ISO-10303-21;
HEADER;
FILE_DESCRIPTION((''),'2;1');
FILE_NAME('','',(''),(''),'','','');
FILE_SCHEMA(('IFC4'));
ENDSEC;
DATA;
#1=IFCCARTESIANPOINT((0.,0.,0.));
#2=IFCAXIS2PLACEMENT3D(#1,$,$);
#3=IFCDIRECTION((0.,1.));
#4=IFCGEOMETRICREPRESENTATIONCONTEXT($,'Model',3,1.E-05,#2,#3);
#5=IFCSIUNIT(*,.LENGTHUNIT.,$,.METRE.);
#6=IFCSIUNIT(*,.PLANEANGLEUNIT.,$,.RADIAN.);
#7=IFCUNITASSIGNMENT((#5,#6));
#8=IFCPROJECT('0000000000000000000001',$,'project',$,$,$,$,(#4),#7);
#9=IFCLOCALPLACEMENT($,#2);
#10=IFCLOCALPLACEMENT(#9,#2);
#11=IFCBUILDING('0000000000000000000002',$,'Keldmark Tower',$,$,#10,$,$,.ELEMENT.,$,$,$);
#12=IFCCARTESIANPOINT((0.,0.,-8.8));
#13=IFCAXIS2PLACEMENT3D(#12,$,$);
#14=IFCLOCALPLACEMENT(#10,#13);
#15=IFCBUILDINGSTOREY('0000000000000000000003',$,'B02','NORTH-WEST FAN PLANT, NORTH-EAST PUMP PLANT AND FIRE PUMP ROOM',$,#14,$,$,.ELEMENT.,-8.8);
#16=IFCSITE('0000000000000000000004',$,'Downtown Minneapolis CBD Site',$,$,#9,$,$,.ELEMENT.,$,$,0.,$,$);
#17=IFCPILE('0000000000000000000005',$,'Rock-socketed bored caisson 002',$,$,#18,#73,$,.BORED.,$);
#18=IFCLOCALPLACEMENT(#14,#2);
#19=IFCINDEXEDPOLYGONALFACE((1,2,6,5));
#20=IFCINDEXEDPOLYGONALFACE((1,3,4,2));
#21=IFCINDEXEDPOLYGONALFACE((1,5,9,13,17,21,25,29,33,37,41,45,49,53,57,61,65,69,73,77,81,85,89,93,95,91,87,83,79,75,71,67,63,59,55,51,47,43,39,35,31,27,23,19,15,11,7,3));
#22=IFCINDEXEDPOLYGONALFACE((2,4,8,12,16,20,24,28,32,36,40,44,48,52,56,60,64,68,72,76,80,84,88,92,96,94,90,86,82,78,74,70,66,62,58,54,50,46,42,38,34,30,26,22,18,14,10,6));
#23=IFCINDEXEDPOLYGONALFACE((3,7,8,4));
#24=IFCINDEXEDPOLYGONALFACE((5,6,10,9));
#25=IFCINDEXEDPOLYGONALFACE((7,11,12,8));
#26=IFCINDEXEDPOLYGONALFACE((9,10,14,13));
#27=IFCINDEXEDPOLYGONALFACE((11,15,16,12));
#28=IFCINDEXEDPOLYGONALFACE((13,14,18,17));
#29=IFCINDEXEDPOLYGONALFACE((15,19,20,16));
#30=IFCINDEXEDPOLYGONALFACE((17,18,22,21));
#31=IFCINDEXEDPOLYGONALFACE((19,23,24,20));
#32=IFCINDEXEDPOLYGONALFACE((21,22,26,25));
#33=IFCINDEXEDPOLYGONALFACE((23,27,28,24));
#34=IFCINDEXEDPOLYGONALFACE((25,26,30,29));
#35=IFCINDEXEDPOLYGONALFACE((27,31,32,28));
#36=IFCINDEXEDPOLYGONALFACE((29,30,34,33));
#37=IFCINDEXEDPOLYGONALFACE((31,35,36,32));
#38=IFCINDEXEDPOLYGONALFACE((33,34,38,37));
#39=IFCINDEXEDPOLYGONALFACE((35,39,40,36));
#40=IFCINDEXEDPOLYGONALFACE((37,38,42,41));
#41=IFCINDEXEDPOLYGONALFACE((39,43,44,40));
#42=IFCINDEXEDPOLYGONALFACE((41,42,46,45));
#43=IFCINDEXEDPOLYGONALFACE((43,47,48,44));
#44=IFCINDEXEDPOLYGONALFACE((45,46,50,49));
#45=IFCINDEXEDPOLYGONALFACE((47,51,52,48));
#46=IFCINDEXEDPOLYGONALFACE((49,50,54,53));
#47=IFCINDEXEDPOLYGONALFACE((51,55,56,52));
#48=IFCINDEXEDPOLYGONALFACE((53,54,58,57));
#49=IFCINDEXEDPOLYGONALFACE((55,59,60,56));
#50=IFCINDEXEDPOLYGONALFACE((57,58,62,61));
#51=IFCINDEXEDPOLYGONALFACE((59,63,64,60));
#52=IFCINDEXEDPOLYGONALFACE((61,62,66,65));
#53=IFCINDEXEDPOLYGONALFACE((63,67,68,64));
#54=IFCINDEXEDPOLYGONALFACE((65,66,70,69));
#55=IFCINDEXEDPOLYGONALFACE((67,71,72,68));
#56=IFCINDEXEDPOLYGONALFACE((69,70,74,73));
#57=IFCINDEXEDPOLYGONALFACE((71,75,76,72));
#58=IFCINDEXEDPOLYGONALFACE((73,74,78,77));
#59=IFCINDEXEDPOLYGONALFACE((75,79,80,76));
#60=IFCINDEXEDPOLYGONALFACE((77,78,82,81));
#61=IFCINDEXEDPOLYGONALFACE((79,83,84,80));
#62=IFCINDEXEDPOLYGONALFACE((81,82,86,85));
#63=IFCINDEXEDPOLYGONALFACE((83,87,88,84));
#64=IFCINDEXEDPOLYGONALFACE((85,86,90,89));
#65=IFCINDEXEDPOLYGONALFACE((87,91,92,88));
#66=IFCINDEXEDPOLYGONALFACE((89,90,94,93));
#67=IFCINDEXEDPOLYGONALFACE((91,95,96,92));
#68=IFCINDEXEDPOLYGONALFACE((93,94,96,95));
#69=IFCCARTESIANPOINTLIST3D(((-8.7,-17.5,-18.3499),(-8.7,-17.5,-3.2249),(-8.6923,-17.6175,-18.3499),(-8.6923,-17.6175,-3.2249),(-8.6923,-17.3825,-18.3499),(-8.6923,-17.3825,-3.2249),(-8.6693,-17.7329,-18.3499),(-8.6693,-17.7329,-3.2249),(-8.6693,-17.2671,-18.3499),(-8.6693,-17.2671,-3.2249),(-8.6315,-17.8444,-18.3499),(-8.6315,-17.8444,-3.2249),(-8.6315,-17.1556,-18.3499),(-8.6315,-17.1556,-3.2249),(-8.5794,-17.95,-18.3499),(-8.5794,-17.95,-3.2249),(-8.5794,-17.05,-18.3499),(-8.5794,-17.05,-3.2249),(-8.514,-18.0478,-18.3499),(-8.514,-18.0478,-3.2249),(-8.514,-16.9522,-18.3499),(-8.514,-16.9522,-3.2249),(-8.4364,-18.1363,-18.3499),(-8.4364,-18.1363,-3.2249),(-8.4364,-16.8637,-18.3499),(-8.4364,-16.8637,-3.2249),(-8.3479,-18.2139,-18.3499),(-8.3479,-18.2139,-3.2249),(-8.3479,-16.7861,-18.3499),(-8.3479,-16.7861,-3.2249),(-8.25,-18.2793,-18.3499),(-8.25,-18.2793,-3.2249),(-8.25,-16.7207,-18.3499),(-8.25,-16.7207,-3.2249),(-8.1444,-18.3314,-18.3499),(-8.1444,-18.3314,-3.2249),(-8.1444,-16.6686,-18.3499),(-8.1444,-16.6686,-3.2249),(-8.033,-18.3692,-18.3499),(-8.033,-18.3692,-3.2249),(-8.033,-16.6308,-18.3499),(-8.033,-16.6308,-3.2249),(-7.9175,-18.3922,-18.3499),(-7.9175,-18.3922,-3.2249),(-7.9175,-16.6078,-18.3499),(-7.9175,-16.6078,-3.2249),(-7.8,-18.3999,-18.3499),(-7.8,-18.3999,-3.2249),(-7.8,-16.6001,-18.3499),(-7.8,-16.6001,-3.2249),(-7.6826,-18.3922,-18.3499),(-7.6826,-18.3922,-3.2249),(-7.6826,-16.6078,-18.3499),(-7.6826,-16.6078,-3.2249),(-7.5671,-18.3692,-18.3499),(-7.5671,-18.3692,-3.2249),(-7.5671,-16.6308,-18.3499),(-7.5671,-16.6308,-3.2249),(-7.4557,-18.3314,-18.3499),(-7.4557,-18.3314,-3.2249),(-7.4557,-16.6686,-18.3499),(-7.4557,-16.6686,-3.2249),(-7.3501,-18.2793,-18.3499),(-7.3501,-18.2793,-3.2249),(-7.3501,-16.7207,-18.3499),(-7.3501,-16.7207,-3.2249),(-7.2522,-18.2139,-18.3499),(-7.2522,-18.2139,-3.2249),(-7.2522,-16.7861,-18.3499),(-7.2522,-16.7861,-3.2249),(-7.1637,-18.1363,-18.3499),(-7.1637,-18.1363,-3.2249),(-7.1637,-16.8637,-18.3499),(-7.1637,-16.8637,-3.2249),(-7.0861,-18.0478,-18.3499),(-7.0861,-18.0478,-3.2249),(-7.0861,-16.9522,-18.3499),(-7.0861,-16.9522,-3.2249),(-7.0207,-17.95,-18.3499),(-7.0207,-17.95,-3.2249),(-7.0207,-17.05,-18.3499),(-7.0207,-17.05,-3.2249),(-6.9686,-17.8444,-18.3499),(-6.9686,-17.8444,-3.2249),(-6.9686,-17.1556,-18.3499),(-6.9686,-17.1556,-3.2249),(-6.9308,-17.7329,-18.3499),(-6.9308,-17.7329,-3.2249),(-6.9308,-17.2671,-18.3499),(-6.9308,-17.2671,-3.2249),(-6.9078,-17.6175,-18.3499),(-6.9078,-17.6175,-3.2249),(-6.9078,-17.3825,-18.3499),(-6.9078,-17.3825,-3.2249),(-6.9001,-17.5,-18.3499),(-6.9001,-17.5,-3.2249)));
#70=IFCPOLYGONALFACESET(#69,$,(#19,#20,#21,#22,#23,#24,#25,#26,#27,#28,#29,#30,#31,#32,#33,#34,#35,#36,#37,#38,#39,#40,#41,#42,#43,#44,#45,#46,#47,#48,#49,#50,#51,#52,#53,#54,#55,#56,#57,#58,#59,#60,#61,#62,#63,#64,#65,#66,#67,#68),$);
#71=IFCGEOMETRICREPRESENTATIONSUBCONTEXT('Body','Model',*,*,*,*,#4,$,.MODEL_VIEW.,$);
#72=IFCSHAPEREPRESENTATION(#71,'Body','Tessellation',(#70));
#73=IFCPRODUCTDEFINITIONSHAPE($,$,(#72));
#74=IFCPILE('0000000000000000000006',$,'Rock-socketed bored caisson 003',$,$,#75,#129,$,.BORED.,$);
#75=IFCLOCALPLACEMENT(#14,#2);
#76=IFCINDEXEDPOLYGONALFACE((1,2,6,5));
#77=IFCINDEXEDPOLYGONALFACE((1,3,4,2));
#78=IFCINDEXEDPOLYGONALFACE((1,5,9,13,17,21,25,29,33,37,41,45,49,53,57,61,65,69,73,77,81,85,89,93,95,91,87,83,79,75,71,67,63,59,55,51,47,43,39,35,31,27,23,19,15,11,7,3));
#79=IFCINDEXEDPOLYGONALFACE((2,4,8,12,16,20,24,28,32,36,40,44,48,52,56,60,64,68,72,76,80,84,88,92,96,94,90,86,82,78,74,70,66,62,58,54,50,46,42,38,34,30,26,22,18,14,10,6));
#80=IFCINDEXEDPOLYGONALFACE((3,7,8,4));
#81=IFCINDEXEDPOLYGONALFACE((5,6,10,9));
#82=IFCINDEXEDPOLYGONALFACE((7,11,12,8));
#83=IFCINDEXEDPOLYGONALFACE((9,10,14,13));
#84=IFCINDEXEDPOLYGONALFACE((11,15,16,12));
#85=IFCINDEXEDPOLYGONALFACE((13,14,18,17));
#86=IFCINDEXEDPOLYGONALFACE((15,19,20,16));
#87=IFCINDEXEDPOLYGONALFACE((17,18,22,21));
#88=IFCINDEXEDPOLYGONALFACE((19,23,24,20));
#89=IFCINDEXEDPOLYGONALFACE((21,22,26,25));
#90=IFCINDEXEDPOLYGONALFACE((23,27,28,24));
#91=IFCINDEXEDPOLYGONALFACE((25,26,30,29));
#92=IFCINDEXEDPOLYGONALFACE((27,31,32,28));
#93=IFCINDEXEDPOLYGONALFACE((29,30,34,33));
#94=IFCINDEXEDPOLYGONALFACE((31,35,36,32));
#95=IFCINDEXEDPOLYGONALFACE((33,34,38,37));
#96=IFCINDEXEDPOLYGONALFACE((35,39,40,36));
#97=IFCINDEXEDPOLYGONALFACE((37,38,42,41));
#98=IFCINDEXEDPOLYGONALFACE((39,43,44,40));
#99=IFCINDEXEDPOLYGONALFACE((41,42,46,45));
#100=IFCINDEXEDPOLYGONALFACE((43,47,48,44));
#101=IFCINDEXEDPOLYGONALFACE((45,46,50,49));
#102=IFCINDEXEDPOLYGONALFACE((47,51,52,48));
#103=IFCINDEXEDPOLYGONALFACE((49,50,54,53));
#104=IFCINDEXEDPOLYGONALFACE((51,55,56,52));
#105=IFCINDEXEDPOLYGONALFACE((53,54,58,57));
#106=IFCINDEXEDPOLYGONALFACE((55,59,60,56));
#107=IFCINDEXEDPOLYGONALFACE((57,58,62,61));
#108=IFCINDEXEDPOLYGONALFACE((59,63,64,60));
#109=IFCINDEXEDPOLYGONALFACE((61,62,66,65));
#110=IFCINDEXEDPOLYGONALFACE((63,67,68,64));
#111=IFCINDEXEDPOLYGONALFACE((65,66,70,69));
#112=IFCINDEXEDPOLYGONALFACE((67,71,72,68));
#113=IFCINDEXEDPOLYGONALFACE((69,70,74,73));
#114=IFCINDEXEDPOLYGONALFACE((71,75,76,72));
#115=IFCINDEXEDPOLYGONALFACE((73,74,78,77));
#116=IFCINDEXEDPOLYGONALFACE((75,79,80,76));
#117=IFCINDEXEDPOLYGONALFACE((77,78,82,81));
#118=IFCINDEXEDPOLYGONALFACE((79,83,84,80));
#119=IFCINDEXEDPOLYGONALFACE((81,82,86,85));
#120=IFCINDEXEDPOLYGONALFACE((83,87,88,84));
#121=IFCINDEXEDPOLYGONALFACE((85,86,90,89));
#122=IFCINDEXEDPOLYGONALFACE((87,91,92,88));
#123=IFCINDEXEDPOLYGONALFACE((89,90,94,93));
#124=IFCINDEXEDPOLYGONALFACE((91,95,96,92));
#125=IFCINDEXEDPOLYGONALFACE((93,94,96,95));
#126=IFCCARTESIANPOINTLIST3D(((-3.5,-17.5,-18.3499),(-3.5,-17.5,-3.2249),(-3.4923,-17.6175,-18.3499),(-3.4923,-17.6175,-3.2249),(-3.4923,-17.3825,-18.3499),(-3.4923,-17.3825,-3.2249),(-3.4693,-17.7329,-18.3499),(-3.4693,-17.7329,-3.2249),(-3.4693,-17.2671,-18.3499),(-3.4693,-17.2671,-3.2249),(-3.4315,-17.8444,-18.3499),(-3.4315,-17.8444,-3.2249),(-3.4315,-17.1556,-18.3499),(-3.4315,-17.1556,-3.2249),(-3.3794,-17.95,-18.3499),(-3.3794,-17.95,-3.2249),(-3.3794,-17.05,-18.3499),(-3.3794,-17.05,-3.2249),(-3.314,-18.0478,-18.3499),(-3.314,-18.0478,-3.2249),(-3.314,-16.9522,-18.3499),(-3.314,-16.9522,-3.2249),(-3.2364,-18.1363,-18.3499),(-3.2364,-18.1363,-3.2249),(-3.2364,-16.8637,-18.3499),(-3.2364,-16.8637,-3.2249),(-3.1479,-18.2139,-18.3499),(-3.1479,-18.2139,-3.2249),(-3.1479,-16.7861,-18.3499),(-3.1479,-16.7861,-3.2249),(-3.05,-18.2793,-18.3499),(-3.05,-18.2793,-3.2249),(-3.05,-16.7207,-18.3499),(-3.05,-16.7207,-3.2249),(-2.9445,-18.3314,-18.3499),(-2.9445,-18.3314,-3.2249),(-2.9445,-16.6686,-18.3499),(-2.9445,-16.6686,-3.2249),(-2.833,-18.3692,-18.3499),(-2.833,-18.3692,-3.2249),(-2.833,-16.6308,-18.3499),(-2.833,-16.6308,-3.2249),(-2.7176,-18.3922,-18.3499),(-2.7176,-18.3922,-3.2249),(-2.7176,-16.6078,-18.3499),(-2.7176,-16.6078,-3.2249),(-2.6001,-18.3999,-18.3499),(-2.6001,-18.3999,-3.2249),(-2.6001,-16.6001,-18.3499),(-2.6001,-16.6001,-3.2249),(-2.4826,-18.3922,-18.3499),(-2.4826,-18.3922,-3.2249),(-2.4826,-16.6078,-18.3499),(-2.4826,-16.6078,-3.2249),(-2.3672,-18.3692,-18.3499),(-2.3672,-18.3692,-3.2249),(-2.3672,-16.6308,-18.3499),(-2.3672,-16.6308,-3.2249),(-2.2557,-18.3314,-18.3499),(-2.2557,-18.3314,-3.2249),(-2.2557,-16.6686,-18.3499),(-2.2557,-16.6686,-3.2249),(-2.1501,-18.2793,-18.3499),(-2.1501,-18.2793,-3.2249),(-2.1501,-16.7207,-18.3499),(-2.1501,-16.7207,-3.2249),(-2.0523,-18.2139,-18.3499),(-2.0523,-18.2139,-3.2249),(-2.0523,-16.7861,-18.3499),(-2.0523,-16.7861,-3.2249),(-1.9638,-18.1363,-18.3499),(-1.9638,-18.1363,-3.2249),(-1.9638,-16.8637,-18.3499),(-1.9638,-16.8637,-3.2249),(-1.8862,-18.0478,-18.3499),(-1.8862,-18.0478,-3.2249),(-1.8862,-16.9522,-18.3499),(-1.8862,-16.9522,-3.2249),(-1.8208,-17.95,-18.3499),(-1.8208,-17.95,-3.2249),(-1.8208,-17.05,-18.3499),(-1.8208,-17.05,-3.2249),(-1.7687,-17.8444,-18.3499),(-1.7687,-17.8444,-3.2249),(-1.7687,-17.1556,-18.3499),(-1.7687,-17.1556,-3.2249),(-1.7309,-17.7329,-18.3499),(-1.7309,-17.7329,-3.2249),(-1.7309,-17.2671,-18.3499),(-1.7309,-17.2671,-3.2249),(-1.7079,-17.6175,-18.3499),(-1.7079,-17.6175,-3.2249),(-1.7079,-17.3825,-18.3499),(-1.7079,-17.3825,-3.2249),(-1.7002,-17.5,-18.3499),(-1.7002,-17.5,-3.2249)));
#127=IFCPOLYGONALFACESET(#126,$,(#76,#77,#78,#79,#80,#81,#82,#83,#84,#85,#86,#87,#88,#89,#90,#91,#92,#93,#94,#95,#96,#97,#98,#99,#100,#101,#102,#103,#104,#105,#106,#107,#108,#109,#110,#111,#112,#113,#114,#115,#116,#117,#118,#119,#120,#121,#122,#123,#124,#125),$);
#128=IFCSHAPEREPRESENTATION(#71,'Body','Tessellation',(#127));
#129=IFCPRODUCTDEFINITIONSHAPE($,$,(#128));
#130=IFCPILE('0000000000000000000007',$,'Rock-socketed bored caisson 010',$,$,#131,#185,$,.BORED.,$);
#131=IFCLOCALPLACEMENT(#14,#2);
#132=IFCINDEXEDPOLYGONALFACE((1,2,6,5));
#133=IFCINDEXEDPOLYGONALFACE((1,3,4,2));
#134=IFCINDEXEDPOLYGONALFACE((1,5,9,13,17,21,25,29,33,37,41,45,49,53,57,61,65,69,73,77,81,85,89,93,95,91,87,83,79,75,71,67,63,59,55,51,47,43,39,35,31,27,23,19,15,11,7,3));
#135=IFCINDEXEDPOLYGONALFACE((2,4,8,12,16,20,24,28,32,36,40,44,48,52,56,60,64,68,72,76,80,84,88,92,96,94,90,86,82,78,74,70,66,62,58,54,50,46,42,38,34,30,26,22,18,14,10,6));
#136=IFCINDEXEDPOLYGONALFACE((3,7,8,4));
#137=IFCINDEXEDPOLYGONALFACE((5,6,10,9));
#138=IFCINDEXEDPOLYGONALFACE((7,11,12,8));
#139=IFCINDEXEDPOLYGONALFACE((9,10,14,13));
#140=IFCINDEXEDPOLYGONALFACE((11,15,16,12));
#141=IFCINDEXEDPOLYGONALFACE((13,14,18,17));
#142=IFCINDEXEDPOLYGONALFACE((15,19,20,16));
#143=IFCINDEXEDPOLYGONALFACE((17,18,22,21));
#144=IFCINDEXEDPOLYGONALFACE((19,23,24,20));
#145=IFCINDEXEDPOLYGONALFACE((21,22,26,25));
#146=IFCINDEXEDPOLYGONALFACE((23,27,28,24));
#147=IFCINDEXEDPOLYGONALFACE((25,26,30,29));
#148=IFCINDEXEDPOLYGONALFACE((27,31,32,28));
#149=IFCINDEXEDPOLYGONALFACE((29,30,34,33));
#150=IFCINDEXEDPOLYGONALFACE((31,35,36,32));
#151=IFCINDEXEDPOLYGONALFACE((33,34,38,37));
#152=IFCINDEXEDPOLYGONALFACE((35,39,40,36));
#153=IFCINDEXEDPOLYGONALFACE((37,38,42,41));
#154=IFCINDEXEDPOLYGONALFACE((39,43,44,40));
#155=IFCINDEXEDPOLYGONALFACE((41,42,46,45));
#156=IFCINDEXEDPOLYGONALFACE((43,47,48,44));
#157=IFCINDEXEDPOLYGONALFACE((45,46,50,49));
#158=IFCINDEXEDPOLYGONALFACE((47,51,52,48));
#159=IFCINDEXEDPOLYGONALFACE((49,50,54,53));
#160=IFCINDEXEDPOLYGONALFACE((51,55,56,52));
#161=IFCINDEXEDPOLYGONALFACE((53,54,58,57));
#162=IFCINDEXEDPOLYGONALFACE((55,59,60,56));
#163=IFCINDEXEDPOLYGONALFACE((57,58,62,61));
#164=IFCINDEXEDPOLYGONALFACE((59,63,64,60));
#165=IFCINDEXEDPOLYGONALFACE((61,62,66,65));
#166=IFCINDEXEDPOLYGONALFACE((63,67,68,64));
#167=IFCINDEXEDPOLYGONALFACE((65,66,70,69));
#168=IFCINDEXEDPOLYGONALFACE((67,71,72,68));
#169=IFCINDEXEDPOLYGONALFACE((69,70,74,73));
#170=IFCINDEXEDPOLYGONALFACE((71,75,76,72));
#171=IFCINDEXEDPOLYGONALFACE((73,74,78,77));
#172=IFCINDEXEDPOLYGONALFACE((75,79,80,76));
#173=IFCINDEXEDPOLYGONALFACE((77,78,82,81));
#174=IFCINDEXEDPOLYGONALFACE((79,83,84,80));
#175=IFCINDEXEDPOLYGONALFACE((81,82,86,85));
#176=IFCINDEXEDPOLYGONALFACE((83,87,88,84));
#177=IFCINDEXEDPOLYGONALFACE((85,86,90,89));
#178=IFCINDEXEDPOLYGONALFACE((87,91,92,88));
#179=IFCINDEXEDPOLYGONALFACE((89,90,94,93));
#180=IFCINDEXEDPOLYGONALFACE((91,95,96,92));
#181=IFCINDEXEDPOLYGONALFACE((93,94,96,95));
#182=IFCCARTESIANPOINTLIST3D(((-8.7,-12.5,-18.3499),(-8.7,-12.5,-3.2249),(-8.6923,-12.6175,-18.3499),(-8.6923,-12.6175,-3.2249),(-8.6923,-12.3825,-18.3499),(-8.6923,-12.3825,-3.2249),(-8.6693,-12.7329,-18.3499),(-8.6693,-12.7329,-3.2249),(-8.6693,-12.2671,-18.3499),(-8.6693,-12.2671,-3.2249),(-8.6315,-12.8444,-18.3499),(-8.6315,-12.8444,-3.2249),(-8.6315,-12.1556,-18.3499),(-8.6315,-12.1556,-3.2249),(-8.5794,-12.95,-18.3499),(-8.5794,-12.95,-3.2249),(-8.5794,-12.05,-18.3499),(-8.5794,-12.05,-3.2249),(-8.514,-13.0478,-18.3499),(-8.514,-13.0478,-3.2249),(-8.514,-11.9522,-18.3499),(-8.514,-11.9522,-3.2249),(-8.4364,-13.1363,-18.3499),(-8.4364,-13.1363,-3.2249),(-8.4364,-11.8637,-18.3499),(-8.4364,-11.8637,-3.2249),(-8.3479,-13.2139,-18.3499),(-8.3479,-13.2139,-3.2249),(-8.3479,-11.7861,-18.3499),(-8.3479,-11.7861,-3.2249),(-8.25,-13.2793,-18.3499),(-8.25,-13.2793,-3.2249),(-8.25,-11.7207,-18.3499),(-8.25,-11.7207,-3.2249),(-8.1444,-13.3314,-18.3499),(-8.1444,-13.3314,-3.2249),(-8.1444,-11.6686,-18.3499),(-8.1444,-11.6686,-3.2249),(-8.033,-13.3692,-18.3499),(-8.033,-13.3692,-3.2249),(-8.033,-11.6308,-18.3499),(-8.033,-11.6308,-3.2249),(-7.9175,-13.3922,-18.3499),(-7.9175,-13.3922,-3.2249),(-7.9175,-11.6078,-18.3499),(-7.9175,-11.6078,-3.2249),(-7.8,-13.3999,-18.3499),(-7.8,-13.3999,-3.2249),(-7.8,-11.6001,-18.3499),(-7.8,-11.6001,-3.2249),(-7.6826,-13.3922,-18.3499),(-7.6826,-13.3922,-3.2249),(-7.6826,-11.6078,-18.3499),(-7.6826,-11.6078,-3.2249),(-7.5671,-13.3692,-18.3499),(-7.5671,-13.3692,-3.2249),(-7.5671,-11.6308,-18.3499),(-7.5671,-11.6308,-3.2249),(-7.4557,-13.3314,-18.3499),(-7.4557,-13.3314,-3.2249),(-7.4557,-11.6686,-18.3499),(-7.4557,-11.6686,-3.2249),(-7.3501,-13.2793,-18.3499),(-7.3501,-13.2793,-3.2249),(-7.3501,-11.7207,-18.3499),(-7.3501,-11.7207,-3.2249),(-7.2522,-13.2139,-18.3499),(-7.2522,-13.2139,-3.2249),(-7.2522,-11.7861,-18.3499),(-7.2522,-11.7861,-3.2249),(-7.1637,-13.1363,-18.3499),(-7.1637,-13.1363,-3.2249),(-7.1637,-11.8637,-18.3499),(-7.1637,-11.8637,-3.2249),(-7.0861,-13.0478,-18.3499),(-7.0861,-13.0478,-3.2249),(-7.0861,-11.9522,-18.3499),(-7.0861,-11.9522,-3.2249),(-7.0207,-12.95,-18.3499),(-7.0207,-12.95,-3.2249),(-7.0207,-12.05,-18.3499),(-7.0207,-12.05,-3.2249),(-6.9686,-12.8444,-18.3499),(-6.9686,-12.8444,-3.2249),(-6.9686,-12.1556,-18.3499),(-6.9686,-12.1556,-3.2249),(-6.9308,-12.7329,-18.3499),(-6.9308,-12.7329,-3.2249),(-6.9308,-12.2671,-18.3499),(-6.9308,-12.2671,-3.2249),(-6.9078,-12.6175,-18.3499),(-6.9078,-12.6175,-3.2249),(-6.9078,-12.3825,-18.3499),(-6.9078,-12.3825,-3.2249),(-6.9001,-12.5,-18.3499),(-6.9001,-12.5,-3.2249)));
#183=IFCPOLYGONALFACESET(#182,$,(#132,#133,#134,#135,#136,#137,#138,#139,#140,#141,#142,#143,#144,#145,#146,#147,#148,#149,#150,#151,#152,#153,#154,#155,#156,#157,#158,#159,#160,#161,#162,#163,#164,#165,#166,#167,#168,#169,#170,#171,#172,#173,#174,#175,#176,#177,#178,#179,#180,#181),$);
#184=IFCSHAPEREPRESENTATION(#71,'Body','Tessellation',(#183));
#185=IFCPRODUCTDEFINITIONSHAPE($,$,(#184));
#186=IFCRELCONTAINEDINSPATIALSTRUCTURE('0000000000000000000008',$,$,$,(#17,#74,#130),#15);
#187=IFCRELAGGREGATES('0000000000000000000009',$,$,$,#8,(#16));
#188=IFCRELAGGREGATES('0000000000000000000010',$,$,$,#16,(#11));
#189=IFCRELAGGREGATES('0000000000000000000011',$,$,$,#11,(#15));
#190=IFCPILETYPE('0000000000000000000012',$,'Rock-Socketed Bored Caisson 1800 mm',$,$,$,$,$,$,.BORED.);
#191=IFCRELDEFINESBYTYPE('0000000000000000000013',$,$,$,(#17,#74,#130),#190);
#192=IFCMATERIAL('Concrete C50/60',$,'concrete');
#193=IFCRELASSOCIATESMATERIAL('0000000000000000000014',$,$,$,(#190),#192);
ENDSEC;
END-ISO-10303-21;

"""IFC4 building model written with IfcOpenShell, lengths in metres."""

from ifc_helpers import new_model, si_unit, direction, frame, origin, origin_2d, place, context, subcontext, project, spatial, circle, extrude, material, material_profile, profile_set, type_object, element, save


model = new_model("IFC4")

# Units and contexts
model_context = context("Model", 3, precision=1e-05, world=origin(), true_north=direction((0.0, 1.0)))
body_context = subcontext(model_context, "Body", "Model", "MODEL_VIEW")
ifc_project = project(units=[si_unit("LENGTHUNIT", "METRE"), si_unit("PLANEANGLEUNIT", "RADIAN")], contexts=[model_context])

# Site, building, storey
site_placement = place(None, origin())
site = spatial("IfcSite", under=ifc_project, at=site_placement, Name="Downtown Minneapolis CBD Site", CompositionType="ELEMENT", RefElevation=0.0)
building_placement = place(site_placement, origin())
building = spatial("IfcBuilding", under=site, at=building_placement, Name="Keldmark Tower", CompositionType="ELEMENT")
storey_placement = place(building_placement, frame((0.0, 0.0, -8.8)))
storey = spatial("IfcBuildingStorey", under=building, at=storey_placement, Name="B02", Description="NORTH-WEST FAN PLANT, NORTH-EAST PUMP PLANT AND FIRE PUMP ROOM", CompositionType="ELEMENT", Elevation=-8.8)

# Piles
ifc_material_1 = material(Name="Concrete C50/60", Category="concrete")
ifc_material_profile_1 = material_profile(ifc_material_1, circle(Radius=0.8999, at=origin_2d()), Name="CAISSON1800")
ifc_profile_set_1 = profile_set([ifc_material_profile_1], Name="Concrete C50/60")
pile_type_1 = type_object("IfcPileType", Name="Rock-Socketed Bored Caisson 1800 mm", PredefinedType="BORED", material=ifc_profile_set_1)
for number, where, z_axis, x_axis, name in (
    (1, (-7.8, -17.5, -3.2249), (0.0, 0.0, -1.0), (1.0, 0.0, 0.0), "Rock-socketed bored caisson 002"),
    (2, (-2.6001, -17.5, -3.2249), (0.0, 0.0, -1.0), (1.0, 0.0, 0.0), "Rock-socketed bored caisson 003"),
    (3, (-7.8, -12.5, -3.2249), (0.0, 0.0, -1.0), (1.0, 0.0, 0.0), "Rock-socketed bored caisson 010"),
):
    element("IfcPile", number, at=place(storey_placement, frame(where, z_axis=z_axis, x_axis=x_axis)), inside=storey, type_object=pile_type_1, Name=name, PredefinedType="BORED", context=body_context, shape_type="SweptSolid", body=[
        extrude(circle(Radius=0.8999, at=origin_2d()), origin(), (0.0, 0.0, 1.0), 15.125),
    ])

save(model, "model.ifc")
